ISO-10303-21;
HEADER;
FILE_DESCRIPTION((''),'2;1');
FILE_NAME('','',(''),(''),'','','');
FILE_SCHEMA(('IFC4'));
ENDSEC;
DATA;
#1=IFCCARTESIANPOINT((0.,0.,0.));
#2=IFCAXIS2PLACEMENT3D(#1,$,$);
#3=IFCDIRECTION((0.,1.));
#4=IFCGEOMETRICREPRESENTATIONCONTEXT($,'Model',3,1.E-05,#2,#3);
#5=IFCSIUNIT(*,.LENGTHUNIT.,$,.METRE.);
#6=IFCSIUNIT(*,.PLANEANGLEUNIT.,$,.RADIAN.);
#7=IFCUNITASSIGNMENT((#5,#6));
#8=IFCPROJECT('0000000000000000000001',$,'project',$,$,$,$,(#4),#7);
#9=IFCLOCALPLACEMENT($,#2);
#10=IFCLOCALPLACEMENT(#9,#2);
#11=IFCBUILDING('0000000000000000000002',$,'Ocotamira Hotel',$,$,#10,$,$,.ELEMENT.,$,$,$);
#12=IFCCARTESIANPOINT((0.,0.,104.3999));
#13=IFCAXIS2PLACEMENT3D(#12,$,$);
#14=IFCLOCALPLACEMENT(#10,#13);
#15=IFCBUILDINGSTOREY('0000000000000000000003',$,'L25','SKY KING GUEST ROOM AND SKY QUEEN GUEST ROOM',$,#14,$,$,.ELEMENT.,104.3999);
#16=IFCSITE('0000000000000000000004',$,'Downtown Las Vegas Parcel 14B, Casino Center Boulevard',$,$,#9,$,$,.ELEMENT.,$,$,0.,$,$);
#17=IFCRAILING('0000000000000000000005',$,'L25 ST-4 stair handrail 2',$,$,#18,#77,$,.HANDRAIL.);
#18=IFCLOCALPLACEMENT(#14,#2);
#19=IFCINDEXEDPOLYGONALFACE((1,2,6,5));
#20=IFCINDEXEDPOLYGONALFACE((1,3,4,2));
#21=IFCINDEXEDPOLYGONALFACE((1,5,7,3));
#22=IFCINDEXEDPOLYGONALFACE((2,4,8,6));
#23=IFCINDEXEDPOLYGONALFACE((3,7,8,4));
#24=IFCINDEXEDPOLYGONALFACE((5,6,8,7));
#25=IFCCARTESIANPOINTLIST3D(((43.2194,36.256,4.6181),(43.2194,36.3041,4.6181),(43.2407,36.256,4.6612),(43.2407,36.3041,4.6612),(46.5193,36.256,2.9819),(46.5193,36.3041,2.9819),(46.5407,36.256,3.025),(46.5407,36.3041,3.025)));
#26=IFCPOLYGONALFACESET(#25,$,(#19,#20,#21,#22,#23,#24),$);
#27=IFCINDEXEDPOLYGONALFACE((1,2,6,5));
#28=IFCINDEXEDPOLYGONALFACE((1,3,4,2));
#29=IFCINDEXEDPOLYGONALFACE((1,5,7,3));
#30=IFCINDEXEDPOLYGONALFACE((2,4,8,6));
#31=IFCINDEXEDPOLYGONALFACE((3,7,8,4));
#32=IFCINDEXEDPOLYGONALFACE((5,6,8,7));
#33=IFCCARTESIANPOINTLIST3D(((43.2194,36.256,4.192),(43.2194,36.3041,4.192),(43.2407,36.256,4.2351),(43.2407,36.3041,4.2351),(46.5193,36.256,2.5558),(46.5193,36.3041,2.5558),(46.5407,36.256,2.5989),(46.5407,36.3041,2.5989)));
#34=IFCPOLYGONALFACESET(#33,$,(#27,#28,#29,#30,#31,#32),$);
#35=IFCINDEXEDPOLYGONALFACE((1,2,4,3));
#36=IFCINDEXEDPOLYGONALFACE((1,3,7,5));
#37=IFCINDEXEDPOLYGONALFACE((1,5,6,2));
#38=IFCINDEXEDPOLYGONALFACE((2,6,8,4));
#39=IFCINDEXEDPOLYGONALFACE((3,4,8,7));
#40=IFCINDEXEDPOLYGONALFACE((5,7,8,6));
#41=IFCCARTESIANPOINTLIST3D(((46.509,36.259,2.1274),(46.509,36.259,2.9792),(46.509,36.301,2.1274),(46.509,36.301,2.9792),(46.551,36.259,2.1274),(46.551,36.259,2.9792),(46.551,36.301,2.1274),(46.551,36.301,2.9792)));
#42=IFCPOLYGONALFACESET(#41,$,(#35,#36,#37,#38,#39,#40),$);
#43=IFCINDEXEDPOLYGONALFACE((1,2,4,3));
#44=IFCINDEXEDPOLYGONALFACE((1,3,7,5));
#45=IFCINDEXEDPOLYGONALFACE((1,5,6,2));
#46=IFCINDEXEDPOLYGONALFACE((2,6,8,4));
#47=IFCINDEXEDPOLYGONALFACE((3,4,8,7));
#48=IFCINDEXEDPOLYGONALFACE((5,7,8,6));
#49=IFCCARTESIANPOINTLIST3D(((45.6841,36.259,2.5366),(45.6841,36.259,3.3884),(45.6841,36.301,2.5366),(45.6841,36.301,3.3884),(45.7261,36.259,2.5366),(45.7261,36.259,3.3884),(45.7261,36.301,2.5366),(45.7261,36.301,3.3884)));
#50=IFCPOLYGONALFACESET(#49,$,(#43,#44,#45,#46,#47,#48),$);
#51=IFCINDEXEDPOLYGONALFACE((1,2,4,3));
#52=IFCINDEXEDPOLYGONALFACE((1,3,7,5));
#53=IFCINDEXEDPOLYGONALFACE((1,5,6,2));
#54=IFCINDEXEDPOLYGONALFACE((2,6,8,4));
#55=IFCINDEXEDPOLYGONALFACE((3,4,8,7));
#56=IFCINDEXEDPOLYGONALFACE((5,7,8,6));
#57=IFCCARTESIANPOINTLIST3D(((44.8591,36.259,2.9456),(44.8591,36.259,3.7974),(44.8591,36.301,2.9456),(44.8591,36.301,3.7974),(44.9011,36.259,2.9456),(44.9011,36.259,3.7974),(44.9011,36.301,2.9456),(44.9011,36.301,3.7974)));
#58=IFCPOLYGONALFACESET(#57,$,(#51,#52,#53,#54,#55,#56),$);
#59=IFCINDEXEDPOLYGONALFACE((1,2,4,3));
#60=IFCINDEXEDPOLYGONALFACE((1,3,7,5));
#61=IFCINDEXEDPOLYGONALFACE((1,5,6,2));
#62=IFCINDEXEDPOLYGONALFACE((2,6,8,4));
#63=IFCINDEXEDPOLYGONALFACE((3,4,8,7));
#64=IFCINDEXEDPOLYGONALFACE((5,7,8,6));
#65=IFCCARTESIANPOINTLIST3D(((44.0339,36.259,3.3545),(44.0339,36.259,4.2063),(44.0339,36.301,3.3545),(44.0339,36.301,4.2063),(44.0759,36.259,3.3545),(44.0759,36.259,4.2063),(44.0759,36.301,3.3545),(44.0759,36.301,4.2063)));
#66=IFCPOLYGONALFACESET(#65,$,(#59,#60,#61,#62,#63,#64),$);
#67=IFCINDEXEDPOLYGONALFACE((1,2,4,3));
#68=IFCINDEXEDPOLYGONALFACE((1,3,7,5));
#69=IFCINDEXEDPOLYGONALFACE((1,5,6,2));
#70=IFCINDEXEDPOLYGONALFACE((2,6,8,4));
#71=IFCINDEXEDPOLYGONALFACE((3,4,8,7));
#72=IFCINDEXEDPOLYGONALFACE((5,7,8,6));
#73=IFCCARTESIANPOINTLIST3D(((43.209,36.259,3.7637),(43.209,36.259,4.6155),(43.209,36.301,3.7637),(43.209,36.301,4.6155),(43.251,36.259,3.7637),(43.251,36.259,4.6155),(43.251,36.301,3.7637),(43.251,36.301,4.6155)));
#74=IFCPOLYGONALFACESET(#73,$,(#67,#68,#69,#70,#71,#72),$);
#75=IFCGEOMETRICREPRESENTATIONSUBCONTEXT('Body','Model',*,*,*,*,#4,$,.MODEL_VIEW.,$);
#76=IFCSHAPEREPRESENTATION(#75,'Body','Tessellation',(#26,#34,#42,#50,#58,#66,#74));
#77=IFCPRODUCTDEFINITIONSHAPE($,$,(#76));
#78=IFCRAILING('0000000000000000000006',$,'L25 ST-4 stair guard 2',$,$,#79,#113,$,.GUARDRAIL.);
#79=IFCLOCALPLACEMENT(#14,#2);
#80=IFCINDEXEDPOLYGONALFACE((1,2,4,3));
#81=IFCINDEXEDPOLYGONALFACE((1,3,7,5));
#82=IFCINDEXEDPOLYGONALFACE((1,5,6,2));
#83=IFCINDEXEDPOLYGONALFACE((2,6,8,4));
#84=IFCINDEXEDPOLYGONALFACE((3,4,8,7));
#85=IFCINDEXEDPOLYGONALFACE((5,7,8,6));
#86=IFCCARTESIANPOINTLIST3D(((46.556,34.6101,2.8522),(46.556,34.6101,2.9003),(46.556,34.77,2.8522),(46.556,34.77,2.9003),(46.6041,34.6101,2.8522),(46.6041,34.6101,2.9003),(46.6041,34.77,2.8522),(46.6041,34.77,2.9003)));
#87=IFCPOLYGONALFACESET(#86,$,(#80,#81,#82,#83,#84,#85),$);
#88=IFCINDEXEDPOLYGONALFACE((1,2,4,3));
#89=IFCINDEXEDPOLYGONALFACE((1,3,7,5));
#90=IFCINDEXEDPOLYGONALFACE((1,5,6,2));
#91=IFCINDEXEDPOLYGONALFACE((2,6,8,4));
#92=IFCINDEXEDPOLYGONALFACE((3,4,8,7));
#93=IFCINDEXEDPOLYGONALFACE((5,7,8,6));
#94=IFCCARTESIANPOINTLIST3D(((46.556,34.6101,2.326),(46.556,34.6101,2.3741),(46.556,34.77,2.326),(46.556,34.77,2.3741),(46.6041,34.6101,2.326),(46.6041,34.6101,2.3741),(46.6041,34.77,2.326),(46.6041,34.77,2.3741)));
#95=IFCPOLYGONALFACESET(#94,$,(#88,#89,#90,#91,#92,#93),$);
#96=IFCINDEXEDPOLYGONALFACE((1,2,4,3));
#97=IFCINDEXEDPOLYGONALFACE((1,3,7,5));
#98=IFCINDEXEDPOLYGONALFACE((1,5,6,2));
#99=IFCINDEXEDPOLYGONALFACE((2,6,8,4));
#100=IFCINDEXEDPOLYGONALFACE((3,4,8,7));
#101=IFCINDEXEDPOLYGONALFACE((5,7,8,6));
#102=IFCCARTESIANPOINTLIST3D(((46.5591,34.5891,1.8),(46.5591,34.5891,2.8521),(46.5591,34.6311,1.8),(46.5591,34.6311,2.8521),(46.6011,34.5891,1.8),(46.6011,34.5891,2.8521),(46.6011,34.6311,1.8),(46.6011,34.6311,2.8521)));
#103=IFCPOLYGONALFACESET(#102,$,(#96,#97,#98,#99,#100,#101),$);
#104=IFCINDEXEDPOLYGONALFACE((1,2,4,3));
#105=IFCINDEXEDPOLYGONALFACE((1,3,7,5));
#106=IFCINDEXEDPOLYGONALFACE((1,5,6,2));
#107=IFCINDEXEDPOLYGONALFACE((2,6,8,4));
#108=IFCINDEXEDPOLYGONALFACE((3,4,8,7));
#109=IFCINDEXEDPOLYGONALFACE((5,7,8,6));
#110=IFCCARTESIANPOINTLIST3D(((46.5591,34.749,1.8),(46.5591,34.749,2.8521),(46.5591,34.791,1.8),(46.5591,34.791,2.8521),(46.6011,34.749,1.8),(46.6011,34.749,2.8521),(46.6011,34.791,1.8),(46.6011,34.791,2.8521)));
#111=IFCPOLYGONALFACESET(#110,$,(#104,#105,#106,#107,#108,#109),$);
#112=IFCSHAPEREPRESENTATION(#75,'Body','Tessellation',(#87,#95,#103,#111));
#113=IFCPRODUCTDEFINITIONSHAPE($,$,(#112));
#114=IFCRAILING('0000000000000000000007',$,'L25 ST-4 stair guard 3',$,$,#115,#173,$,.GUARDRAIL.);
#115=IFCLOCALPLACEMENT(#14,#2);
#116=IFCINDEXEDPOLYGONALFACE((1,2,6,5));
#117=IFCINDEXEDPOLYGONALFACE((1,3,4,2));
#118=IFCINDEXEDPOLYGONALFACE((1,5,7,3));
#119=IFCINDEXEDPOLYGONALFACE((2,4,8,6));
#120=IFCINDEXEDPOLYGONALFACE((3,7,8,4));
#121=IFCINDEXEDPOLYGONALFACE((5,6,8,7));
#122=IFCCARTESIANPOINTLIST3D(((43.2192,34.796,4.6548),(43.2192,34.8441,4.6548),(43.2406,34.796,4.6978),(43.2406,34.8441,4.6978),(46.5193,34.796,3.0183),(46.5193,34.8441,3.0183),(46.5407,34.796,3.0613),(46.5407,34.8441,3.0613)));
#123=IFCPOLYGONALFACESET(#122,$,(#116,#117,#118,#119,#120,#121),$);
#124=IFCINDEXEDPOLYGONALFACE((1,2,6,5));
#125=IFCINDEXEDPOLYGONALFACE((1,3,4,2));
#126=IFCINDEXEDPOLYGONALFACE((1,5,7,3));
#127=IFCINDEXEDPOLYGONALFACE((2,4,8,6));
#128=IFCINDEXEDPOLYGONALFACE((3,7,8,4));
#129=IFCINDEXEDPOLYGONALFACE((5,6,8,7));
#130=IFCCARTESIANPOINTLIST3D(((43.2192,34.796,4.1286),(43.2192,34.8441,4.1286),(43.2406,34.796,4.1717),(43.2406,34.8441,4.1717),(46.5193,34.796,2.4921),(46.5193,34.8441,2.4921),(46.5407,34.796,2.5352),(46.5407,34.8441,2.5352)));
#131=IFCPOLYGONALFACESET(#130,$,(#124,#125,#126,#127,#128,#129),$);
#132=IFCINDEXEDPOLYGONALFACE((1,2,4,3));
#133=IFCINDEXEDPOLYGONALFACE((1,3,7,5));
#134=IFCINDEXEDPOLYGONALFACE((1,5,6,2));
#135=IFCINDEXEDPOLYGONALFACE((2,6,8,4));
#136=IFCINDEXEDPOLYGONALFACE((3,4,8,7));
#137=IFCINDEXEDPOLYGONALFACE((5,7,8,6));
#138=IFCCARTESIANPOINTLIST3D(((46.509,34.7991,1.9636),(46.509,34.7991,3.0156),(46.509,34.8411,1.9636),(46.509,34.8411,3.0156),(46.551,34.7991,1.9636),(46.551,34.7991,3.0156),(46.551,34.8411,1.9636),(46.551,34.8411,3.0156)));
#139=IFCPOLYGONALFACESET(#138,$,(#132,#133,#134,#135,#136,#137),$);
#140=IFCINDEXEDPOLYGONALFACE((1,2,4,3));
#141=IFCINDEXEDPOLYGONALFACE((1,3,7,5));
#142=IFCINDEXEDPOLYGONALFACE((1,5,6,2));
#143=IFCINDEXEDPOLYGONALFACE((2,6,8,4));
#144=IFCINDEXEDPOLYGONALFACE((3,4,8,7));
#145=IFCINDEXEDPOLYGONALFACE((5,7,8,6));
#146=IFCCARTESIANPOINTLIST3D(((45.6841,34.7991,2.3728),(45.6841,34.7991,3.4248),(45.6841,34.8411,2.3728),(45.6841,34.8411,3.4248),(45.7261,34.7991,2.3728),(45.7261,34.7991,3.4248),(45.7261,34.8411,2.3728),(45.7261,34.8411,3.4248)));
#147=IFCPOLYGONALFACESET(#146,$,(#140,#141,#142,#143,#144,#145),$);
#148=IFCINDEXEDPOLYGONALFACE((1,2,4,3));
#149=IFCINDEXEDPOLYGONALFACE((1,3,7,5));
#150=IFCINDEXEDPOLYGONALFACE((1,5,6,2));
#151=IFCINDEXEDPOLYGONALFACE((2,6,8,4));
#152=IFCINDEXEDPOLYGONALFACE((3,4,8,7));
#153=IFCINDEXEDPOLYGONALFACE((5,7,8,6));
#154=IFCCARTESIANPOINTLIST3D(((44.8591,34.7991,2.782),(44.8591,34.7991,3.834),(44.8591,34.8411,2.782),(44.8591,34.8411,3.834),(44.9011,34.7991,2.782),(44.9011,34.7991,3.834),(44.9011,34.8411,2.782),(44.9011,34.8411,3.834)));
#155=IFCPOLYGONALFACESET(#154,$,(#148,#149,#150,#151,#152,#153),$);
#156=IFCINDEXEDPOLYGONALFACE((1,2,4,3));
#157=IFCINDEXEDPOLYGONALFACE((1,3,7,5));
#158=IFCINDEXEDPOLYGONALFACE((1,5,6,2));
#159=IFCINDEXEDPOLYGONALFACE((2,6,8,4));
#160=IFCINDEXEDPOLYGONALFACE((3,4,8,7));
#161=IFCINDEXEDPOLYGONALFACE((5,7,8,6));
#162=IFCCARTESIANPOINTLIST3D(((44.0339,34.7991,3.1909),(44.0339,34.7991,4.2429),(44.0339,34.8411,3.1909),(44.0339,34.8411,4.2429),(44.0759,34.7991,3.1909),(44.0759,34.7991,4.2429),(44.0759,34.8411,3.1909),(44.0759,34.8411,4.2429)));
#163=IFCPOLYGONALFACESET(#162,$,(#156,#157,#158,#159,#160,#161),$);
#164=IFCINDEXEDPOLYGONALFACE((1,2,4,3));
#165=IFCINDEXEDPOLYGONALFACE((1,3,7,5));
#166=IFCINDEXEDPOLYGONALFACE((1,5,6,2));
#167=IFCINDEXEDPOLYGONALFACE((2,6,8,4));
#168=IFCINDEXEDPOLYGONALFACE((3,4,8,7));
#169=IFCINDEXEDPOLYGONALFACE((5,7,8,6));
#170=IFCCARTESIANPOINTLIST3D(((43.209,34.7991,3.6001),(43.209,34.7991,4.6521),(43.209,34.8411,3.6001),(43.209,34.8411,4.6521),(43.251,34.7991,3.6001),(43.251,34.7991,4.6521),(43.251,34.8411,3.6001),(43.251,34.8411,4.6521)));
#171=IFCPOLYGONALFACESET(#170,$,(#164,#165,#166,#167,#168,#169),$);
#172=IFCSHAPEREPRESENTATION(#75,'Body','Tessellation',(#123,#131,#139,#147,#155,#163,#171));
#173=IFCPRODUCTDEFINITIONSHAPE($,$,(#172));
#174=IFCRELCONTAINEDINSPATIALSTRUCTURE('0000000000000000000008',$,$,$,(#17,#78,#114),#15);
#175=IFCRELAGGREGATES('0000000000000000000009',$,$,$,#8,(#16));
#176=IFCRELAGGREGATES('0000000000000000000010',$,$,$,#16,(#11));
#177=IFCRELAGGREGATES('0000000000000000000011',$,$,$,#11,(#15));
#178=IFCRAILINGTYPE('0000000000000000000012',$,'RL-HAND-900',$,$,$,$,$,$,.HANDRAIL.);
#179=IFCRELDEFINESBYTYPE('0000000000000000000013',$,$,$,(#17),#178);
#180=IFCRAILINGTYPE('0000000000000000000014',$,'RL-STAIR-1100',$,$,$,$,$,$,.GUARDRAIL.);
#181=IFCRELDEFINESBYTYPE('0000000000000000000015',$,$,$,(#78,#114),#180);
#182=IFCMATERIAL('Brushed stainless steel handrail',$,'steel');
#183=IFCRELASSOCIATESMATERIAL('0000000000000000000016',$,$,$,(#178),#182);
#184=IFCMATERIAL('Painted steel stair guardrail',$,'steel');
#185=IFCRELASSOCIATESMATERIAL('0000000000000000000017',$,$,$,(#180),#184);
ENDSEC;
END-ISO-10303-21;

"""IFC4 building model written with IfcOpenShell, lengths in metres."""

from ifc_helpers import new_model, si_unit, direction, frame, origin, origin_2d, place, context, subcontext, project, spatial, rectangle, extrude, material, type_object, element, save


model = new_model("IFC4")

# Units and contexts
model_context = context("Model", 3, precision=1e-05, world=origin(), true_north=direction((0.0, 1.0)))
body_context = subcontext(model_context, "Body", "Model", "MODEL_VIEW")
ifc_project = project(units=[si_unit("LENGTHUNIT", "METRE"), si_unit("PLANEANGLEUNIT", "RADIAN")], contexts=[model_context])

# Site, building, storey
site_placement = place(None, origin())
site = spatial("IfcSite", under=ifc_project, at=site_placement, Name="Downtown Las Vegas Parcel 14B, Casino Center Boulevard", CompositionType="ELEMENT", RefElevation=0.0)
building_placement = place(site_placement, origin())
building = spatial("IfcBuilding", under=site, at=building_placement, Name="Ocotamira Hotel", CompositionType="ELEMENT")
storey_placement = place(building_placement, frame((0.0, 0.0, 104.3999)))
storey = spatial("IfcBuildingStorey", under=building, at=storey_placement, Name="L25", Description="SKY KING GUEST ROOM AND SKY QUEEN GUEST ROOM", CompositionType="ELEMENT", Elevation=104.3999)

# Railings
ifc_material_1 = material(Name="Brushed stainless steel handrail", Category="steel")
railing_type_1 = type_object("IfcRailingType", Name="RL-HAND-900", PredefinedType="HANDRAIL", material=ifc_material_1)
railing_1_placement = place(storey_placement, frame((46.53, 36.28, 2.1274)))
element("IfcRailing", 1, at=railing_1_placement, inside=storey, type_object=railing_type_1, Name="L25 ST-4 stair handrail 2", PredefinedType="HANDRAIL", context=body_context, shape_type="SweptSolid", body=[
    extrude(rectangle(XDim=0.0481, YDim=0.0481, at=origin_2d()), frame((0.0, 0.0, 0.876), z_axis=(-0.89592, 0.0, 0.444215), x_axis=(0.0, -1.0, 0.0)), (0.0, 0.0, 1.0), 3.6833),
    extrude(rectangle(XDim=0.0481, YDim=0.0481, at=origin_2d()), frame((0.0, 0.0, 0.45), z_axis=(-0.89592, 0.0, 0.444215), x_axis=(0.0, -1.0, 0.0)), (0.0, 0.0, 1.0), 3.6833),
    extrude(rectangle(XDim=0.042, YDim=0.042, at=origin_2d()), origin(), (0.0, 0.0, 1.0), 0.8518),
    extrude(rectangle(XDim=0.042, YDim=0.042, at=origin_2d()), frame((-0.825, 0.0, 0.4092)), (0.0, 0.0, 1.0), 0.8518),
    extrude(rectangle(XDim=0.042, YDim=0.042, at=origin_2d()), frame((-1.6499, 0.0, 0.8181)), (0.0, 0.0, 1.0), 0.8518),
    extrude(rectangle(XDim=0.042, YDim=0.042, at=origin_2d()), frame((-2.4751, 0.0, 1.2271)), (0.0, 0.0, 1.0), 0.8518),
    extrude(rectangle(XDim=0.042, YDim=0.042, at=origin_2d()), frame((-3.3, 0.0, 1.6362)), (0.0, 0.0, 1.0), 0.8518),
])
ifc_material_2 = material(Name="Painted steel stair guardrail", Category="steel")
railing_type_2 = type_object("IfcRailingType", Name="RL-STAIR-1100", PredefinedType="GUARDRAIL", material=ifc_material_2)
railing_2_placement = place(storey_placement, frame((46.5801, 34.6101, 1.8)))
element("IfcRailing", 2, at=railing_2_placement, inside=storey, type_object=railing_type_2, Name="L25 ST-4 stair guard 2", PredefinedType="GUARDRAIL", context=body_context, shape_type="SweptSolid", body=[
    extrude(rectangle(XDim=0.0481, YDim=0.0481, at=origin_2d()), frame((0.0, 0.0, 1.0762), z_axis=(0.0, 1.0, 0.0), x_axis=(-1.0, 0.0, 0.0)), (0.0, 0.0, 1.0), 0.1599),
    extrude(rectangle(XDim=0.0481, YDim=0.0481, at=origin_2d()), frame((0.0, 0.0, 0.55), z_axis=(0.0, 1.0, 0.0), x_axis=(-1.0, 0.0, 0.0)), (0.0, 0.0, 1.0), 0.1599),
    extrude(rectangle(XDim=0.042, YDim=0.042, at=origin_2d()), origin(), (0.0, 0.0, 1.0), 1.052),
    extrude(rectangle(XDim=0.042, YDim=0.042, at=origin_2d()), frame((0.0, 0.1599, 0.0)), (0.0, 0.0, 1.0), 1.052),
])
railing_3_placement = place(storey_placement, frame((46.53, 34.8201, 1.9636)))
element("IfcRailing", 3, at=railing_3_placement, inside=storey, type_object=railing_type_2, Name="L25 ST-4 stair guard 3", PredefinedType="GUARDRAIL", context=body_context, shape_type="SweptSolid", body=[
    extrude(rectangle(XDim=0.0481, YDim=0.0481, at=origin_2d()), frame((0.0, 0.0, 1.0762), z_axis=(-0.895894, 0.0, 0.444268), x_axis=(0.0, -1.0, 0.0)), (0.0, 0.0, 1.0), 3.6836),
    extrude(rectangle(XDim=0.0481, YDim=0.0481, at=origin_2d()), frame((0.0, 0.0, 0.55), z_axis=(-0.895894, 0.0, 0.444268), x_axis=(0.0, -1.0, 0.0)), (0.0, 0.0, 1.0), 3.6836),
    extrude(rectangle(XDim=0.042, YDim=0.042, at=origin_2d()), origin(), (0.0, 0.0, 1.0), 1.052),
    extrude(rectangle(XDim=0.042, YDim=0.042, at=origin_2d()), frame((-0.825, 0.0, 0.4092)), (0.0, 0.0, 1.0), 1.052),
    extrude(rectangle(XDim=0.042, YDim=0.042, at=origin_2d()), frame((-1.6499, 0.0, 0.8184)), (0.0, 0.0, 1.0), 1.052),
    extrude(rectangle(XDim=0.042, YDim=0.042, at=origin_2d()), frame((-2.4751, 0.0, 1.2273)), (0.0, 0.0, 1.0), 1.052),
    extrude(rectangle(XDim=0.042, YDim=0.042, at=origin_2d()), frame((-3.3, 0.0, 1.6365)), (0.0, 0.0, 1.0), 1.052),
])

save(model, "model.ifc")
